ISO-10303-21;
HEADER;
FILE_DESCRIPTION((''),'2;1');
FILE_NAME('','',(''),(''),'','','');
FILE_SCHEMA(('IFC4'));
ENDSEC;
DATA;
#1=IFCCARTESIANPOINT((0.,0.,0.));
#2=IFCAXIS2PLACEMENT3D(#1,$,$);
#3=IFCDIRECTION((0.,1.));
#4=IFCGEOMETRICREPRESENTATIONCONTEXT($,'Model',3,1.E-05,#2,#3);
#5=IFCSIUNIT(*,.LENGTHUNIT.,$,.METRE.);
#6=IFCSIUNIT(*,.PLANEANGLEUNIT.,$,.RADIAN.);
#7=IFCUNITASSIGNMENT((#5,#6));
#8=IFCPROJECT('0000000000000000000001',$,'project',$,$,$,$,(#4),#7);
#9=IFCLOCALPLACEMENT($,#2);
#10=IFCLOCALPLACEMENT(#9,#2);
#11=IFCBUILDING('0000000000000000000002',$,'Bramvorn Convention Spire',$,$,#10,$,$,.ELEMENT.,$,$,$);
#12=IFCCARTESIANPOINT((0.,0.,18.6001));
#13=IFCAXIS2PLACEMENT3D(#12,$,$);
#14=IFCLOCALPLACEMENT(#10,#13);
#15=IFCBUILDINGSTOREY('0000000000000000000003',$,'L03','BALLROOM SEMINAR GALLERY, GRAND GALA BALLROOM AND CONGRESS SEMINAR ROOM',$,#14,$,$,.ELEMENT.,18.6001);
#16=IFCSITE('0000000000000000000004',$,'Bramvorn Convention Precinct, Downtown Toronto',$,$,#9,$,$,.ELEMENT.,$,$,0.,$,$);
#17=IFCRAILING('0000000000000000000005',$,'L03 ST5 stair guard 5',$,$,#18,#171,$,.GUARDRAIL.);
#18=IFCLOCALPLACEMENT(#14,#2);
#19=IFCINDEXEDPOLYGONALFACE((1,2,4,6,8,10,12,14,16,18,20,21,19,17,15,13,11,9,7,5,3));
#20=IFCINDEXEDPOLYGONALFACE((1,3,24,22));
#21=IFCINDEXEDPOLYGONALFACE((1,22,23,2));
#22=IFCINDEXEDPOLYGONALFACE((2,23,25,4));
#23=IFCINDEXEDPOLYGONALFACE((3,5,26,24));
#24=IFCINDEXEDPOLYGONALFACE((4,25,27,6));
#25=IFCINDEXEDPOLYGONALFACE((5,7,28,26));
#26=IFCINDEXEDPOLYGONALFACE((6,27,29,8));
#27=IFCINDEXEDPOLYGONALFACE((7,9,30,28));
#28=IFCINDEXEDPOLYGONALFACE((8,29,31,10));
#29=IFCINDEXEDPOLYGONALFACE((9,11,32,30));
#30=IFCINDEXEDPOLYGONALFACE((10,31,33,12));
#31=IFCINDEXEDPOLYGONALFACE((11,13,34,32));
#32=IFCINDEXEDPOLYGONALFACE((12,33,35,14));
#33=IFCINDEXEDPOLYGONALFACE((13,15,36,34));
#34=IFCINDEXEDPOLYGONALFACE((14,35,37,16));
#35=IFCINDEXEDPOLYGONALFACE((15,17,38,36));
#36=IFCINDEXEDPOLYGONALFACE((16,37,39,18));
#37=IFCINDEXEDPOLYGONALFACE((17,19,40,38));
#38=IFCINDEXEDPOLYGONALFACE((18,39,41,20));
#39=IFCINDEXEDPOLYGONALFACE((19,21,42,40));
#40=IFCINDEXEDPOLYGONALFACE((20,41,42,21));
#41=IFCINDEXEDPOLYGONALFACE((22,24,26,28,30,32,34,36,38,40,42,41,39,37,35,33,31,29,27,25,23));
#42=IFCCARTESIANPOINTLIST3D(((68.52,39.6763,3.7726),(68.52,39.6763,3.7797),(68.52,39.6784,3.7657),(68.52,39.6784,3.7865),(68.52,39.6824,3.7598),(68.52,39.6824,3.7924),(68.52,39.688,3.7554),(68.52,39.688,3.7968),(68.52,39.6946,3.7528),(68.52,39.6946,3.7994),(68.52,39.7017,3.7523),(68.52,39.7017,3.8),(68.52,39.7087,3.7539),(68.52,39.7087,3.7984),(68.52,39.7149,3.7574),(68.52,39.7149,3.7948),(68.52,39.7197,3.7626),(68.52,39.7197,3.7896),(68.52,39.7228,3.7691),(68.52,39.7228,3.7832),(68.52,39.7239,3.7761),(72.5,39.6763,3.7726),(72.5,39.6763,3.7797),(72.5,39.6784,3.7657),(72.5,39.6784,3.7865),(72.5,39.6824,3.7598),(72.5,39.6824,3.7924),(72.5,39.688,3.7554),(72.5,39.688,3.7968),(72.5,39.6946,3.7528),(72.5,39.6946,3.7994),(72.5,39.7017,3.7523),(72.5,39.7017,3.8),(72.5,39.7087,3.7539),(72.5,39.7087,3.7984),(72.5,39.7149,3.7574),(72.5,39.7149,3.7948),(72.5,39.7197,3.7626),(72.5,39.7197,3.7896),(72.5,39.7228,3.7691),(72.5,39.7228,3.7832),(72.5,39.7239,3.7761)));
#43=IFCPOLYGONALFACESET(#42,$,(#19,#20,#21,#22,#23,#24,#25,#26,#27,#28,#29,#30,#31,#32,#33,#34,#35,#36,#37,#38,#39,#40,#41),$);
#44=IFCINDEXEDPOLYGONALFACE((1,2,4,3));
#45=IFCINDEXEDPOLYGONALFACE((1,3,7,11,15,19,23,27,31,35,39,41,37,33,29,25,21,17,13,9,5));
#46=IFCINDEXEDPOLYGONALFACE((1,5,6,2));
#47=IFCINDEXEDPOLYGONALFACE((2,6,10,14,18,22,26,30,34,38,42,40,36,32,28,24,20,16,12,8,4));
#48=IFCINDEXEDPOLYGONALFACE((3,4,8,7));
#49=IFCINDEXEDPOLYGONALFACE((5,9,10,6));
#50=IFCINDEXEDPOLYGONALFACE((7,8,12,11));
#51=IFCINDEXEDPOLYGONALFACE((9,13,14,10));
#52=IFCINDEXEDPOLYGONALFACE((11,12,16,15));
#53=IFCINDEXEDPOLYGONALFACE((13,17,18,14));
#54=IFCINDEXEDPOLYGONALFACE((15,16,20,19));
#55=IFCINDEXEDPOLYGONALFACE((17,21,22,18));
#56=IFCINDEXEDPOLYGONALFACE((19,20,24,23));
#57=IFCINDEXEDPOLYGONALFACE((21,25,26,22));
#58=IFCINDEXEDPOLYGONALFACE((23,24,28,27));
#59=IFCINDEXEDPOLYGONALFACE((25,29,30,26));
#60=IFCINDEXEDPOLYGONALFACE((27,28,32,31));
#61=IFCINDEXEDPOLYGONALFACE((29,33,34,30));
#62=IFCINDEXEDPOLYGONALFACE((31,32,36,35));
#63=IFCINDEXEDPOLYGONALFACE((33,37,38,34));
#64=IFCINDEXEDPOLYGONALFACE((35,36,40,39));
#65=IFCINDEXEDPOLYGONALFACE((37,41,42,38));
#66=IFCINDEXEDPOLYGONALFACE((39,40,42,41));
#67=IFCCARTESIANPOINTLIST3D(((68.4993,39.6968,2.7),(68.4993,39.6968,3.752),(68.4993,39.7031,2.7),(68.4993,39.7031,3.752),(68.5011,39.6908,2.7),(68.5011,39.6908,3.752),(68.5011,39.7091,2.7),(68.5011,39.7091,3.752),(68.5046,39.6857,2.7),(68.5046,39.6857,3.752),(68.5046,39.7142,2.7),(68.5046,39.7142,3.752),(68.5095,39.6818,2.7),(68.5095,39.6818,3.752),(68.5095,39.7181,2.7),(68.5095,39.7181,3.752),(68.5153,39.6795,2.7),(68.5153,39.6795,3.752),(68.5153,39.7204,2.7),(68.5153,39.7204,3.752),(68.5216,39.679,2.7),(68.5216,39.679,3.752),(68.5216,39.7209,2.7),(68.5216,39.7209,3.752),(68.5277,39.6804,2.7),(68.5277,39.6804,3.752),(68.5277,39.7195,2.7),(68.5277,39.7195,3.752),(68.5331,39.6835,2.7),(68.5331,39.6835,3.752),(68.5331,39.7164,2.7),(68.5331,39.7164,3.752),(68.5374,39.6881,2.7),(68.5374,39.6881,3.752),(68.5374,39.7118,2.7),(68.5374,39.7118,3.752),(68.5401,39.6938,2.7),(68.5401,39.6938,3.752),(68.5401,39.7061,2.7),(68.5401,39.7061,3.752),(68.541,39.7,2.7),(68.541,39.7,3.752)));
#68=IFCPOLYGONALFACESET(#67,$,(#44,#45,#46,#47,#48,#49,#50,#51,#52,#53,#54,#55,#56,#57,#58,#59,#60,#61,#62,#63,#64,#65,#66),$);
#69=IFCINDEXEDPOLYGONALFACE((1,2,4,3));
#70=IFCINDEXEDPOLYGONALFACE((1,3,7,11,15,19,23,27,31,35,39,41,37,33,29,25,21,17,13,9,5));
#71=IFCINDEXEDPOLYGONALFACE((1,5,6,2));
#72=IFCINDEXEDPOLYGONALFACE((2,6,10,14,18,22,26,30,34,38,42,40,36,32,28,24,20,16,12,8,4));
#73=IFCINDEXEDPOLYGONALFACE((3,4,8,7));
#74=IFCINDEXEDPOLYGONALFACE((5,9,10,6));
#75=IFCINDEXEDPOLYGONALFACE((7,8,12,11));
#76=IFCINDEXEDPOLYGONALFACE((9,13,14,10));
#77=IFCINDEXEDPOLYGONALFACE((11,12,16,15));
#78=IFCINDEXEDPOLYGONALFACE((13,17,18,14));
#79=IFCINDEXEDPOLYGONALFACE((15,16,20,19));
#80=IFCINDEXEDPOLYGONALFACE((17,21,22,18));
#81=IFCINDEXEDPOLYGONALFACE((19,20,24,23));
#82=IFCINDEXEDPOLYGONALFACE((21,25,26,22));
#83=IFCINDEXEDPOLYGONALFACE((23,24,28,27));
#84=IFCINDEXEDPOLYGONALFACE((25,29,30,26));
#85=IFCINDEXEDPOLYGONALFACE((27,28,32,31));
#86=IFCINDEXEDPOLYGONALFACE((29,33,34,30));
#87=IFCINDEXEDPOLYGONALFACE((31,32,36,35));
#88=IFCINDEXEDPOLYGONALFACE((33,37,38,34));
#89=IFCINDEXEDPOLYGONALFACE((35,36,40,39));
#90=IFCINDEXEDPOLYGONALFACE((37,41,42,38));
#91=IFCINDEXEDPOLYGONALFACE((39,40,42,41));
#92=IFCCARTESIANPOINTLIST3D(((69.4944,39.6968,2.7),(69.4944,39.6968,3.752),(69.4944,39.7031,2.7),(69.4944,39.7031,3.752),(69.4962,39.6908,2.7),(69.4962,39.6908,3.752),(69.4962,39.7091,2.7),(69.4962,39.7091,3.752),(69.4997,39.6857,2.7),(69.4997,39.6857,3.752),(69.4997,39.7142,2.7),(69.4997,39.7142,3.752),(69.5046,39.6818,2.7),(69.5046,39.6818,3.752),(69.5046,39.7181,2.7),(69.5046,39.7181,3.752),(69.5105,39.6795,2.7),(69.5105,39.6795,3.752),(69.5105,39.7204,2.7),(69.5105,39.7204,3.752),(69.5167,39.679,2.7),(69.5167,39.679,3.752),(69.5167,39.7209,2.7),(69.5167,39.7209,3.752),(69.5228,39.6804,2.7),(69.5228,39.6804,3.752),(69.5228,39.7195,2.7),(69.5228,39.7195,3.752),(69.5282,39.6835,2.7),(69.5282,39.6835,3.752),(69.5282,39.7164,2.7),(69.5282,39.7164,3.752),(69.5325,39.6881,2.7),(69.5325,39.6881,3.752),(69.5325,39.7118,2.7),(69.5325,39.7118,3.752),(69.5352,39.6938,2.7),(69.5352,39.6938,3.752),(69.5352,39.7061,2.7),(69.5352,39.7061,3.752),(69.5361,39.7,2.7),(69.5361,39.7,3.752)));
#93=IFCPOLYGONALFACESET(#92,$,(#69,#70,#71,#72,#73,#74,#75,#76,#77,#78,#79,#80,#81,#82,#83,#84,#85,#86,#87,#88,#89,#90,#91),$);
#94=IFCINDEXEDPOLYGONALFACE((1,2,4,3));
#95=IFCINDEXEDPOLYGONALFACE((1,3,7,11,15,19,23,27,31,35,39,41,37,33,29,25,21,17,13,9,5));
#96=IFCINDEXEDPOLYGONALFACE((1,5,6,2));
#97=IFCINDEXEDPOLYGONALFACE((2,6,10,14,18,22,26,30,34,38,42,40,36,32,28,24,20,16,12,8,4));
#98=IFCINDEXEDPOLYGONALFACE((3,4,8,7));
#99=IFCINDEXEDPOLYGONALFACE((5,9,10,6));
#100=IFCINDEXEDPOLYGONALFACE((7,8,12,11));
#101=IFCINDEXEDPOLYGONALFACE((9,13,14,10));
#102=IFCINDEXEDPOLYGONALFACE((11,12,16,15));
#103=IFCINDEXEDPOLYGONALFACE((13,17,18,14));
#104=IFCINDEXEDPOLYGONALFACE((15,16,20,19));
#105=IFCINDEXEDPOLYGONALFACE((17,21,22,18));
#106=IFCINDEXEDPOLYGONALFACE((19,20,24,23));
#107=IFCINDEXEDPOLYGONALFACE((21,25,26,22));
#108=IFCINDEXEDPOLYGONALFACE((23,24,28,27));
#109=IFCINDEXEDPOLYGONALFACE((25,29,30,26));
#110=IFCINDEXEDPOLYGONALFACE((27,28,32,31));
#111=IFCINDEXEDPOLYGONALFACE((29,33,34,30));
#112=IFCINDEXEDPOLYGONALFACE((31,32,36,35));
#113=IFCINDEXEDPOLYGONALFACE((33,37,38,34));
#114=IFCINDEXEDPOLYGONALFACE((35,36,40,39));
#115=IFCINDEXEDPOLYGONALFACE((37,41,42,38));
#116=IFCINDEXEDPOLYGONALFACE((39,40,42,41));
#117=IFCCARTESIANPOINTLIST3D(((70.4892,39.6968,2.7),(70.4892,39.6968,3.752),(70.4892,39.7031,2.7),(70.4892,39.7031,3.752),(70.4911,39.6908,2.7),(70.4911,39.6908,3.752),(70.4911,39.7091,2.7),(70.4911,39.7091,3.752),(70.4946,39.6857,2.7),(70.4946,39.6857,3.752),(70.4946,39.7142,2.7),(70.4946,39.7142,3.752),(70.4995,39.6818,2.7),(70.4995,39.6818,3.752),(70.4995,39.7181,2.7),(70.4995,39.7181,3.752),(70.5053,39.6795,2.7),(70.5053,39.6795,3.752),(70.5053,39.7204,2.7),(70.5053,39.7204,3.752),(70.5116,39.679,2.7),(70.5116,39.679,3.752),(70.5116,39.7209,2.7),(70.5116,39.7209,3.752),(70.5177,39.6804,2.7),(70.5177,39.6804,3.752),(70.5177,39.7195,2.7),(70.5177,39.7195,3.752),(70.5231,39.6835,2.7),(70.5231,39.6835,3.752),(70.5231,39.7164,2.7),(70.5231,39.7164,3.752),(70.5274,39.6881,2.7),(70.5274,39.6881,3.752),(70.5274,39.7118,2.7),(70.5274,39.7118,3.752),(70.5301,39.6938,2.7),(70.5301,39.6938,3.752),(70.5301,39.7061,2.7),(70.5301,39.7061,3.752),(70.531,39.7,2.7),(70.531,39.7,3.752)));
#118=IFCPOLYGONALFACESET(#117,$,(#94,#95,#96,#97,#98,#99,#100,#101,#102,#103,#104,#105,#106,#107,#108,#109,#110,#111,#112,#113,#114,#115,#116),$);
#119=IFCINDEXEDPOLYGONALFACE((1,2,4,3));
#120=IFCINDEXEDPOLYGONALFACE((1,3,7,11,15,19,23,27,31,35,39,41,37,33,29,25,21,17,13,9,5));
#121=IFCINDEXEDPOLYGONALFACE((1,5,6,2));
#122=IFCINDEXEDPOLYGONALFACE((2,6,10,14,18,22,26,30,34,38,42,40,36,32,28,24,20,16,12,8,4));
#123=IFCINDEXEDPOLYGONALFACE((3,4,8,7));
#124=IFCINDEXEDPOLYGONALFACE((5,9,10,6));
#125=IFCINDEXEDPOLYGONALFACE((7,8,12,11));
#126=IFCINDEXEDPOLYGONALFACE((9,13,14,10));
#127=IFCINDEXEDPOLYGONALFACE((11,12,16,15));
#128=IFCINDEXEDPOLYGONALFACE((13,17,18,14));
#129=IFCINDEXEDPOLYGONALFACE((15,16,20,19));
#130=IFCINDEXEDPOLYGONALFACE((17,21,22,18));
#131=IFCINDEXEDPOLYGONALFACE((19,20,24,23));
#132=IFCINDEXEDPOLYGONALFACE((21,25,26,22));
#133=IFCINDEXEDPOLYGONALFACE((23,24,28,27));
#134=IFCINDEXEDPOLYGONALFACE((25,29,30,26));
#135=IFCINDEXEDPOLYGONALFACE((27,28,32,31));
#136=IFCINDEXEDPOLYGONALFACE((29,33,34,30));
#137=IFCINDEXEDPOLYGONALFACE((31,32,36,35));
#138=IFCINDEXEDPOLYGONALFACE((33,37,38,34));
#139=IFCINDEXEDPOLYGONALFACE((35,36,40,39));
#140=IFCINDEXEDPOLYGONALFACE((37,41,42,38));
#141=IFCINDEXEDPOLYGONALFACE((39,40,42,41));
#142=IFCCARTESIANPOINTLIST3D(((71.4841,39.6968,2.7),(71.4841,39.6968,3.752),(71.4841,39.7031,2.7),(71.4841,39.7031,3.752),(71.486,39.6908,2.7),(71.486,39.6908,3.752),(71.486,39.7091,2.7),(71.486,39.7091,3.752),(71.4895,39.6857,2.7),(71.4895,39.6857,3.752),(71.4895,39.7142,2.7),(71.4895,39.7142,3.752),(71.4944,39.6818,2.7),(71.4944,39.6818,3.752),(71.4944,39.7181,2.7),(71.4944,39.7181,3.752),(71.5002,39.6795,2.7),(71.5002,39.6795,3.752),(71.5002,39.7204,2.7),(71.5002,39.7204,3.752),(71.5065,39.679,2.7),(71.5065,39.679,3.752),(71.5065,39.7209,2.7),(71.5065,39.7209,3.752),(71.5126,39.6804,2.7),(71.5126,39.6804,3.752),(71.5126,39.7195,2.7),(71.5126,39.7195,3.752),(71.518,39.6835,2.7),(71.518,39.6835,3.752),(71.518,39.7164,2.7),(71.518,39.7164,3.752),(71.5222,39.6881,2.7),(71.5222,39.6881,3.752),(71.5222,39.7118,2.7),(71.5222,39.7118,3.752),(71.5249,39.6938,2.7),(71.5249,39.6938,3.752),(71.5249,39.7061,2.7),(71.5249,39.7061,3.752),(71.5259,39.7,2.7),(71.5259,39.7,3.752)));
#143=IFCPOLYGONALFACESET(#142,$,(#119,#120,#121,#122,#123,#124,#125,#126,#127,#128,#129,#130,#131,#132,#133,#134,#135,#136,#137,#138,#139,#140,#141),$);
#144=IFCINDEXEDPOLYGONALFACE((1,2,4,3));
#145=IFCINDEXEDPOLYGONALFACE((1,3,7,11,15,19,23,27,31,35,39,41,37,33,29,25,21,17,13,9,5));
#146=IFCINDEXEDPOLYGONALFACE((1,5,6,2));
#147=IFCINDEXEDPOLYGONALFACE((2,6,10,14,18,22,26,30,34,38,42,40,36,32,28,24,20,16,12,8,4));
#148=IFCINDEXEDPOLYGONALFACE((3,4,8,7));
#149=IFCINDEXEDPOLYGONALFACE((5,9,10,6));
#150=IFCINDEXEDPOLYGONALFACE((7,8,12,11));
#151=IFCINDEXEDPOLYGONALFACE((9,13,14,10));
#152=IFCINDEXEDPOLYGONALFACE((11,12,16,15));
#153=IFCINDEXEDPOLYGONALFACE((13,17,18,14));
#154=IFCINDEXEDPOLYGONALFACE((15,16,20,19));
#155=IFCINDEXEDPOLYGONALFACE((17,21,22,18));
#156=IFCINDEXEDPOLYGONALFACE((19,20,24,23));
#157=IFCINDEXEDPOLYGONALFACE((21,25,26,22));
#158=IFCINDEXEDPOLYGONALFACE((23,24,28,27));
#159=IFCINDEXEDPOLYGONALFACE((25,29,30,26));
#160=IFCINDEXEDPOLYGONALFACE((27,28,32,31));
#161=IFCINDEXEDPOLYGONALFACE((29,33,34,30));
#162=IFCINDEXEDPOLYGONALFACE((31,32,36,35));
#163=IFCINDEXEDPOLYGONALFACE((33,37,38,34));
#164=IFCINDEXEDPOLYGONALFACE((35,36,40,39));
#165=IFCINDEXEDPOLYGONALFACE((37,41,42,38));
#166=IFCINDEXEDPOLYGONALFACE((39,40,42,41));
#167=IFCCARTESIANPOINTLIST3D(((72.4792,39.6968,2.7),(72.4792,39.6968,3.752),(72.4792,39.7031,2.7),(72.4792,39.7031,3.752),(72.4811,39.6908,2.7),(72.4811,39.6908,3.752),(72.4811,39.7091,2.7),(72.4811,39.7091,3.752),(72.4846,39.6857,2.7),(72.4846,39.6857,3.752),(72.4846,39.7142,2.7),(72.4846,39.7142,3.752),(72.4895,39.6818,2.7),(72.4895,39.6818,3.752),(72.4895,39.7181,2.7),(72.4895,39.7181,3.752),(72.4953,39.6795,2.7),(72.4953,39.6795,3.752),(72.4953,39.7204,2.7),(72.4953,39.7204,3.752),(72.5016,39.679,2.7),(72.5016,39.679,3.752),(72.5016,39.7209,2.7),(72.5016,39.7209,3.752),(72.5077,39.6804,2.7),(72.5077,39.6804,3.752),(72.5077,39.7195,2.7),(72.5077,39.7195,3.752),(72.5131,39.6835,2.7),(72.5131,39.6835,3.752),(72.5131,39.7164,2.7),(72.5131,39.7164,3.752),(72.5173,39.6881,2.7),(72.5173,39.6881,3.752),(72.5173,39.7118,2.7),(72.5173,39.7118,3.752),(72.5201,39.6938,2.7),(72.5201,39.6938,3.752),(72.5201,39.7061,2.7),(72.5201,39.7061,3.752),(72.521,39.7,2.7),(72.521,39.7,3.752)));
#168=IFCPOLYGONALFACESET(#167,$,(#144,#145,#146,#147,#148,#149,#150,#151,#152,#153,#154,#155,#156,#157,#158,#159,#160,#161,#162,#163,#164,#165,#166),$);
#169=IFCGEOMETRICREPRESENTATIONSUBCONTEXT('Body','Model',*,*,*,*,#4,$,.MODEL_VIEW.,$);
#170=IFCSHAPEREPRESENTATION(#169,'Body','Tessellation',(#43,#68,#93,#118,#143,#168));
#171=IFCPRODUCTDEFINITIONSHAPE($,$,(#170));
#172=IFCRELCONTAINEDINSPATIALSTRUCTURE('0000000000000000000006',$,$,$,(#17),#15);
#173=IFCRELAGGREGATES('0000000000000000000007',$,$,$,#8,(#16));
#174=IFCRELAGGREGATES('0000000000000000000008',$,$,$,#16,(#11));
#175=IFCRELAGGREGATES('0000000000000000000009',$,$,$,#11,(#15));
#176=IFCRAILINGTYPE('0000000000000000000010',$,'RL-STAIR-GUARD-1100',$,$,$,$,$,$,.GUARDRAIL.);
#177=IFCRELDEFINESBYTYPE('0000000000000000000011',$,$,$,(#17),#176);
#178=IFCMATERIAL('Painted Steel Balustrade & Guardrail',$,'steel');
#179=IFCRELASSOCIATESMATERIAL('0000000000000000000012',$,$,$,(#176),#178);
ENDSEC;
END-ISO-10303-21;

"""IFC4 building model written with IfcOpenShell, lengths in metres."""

from ifc_helpers import new_model, si_unit, direction, frame, origin, origin_2d, place, context, subcontext, project, spatial, circle, extrude, material, type_object, element, save


model = new_model("IFC4")

# Units and contexts
model_context = context("Model", 3, precision=1e-05, world=origin(), true_north=direction((0.0, 1.0)))
body_context = subcontext(model_context, "Body", "Model", "MODEL_VIEW")
ifc_project = project(units=[si_unit("LENGTHUNIT", "METRE"), si_unit("PLANEANGLEUNIT", "RADIAN")], contexts=[model_context])

# Site, building, storey
site_placement = place(None, origin())
site = spatial("IfcSite", under=ifc_project, at=site_placement, Name="Bramvorn Convention Precinct, Downtown Toronto", CompositionType="ELEMENT", RefElevation=0.0)
building_placement = place(site_placement, origin())
building = spatial("IfcBuilding", under=site, at=building_placement, Name="Bramvorn Convention Spire", CompositionType="ELEMENT")
storey_placement = place(building_placement, frame((0.0, 0.0, 18.6001)))
storey = spatial("IfcBuildingStorey", under=building, at=storey_placement, Name="L03", Description="BALLROOM SEMINAR GALLERY, GRAND GALA BALLROOM AND CONGRESS SEMINAR ROOM", CompositionType="ELEMENT", Elevation=18.6001)

# Railing
ifc_material_1 = material(Name="Painted Steel Balustrade & Guardrail", Category="steel")
railing_type_1 = type_object("IfcRailingType", Name="RL-STAIR-GUARD-1100", PredefinedType="GUARDRAIL", material=ifc_material_1)
railing_1_placement = place(storey_placement, frame((68.52, 39.7, 2.7)))
element("IfcRailing", 1, at=railing_1_placement, inside=storey, type_object=railing_type_1, Name="L03 ST5 stair guard 5", PredefinedType="GUARDRAIL", context=body_context, shape_type="SweptSolid", body=[
    extrude(circle(Radius=0.0239, at=origin_2d()), frame((0.0, 0.0, 1.0762), z_axis=(1.0, 0.0, 0.0), x_axis=(0.0, 1.0, 0.0)), (0.0, 0.0, 1.0), 3.98),
    extrude(circle(Radius=0.021, at=origin_2d()), origin(), (0.0, 0.0, 1.0), 1.052),
    extrude(circle(Radius=0.021, at=origin_2d()), frame((0.9951, 0.0, 0.0)), (0.0, 0.0, 1.0), 1.052),
    extrude(circle(Radius=0.021, at=origin_2d()), frame((1.99, 0.0, 0.0)), (0.0, 0.0, 1.0), 1.052),
    extrude(circle(Radius=0.021, at=origin_2d()), frame((2.9849, 0.0, 0.0)), (0.0, 0.0, 1.0), 1.052),
    extrude(circle(Radius=0.021, at=origin_2d()), frame((3.98, 0.0, 0.0)), (0.0, 0.0, 1.0), 1.052),
])

save(model, "model.ifc")
